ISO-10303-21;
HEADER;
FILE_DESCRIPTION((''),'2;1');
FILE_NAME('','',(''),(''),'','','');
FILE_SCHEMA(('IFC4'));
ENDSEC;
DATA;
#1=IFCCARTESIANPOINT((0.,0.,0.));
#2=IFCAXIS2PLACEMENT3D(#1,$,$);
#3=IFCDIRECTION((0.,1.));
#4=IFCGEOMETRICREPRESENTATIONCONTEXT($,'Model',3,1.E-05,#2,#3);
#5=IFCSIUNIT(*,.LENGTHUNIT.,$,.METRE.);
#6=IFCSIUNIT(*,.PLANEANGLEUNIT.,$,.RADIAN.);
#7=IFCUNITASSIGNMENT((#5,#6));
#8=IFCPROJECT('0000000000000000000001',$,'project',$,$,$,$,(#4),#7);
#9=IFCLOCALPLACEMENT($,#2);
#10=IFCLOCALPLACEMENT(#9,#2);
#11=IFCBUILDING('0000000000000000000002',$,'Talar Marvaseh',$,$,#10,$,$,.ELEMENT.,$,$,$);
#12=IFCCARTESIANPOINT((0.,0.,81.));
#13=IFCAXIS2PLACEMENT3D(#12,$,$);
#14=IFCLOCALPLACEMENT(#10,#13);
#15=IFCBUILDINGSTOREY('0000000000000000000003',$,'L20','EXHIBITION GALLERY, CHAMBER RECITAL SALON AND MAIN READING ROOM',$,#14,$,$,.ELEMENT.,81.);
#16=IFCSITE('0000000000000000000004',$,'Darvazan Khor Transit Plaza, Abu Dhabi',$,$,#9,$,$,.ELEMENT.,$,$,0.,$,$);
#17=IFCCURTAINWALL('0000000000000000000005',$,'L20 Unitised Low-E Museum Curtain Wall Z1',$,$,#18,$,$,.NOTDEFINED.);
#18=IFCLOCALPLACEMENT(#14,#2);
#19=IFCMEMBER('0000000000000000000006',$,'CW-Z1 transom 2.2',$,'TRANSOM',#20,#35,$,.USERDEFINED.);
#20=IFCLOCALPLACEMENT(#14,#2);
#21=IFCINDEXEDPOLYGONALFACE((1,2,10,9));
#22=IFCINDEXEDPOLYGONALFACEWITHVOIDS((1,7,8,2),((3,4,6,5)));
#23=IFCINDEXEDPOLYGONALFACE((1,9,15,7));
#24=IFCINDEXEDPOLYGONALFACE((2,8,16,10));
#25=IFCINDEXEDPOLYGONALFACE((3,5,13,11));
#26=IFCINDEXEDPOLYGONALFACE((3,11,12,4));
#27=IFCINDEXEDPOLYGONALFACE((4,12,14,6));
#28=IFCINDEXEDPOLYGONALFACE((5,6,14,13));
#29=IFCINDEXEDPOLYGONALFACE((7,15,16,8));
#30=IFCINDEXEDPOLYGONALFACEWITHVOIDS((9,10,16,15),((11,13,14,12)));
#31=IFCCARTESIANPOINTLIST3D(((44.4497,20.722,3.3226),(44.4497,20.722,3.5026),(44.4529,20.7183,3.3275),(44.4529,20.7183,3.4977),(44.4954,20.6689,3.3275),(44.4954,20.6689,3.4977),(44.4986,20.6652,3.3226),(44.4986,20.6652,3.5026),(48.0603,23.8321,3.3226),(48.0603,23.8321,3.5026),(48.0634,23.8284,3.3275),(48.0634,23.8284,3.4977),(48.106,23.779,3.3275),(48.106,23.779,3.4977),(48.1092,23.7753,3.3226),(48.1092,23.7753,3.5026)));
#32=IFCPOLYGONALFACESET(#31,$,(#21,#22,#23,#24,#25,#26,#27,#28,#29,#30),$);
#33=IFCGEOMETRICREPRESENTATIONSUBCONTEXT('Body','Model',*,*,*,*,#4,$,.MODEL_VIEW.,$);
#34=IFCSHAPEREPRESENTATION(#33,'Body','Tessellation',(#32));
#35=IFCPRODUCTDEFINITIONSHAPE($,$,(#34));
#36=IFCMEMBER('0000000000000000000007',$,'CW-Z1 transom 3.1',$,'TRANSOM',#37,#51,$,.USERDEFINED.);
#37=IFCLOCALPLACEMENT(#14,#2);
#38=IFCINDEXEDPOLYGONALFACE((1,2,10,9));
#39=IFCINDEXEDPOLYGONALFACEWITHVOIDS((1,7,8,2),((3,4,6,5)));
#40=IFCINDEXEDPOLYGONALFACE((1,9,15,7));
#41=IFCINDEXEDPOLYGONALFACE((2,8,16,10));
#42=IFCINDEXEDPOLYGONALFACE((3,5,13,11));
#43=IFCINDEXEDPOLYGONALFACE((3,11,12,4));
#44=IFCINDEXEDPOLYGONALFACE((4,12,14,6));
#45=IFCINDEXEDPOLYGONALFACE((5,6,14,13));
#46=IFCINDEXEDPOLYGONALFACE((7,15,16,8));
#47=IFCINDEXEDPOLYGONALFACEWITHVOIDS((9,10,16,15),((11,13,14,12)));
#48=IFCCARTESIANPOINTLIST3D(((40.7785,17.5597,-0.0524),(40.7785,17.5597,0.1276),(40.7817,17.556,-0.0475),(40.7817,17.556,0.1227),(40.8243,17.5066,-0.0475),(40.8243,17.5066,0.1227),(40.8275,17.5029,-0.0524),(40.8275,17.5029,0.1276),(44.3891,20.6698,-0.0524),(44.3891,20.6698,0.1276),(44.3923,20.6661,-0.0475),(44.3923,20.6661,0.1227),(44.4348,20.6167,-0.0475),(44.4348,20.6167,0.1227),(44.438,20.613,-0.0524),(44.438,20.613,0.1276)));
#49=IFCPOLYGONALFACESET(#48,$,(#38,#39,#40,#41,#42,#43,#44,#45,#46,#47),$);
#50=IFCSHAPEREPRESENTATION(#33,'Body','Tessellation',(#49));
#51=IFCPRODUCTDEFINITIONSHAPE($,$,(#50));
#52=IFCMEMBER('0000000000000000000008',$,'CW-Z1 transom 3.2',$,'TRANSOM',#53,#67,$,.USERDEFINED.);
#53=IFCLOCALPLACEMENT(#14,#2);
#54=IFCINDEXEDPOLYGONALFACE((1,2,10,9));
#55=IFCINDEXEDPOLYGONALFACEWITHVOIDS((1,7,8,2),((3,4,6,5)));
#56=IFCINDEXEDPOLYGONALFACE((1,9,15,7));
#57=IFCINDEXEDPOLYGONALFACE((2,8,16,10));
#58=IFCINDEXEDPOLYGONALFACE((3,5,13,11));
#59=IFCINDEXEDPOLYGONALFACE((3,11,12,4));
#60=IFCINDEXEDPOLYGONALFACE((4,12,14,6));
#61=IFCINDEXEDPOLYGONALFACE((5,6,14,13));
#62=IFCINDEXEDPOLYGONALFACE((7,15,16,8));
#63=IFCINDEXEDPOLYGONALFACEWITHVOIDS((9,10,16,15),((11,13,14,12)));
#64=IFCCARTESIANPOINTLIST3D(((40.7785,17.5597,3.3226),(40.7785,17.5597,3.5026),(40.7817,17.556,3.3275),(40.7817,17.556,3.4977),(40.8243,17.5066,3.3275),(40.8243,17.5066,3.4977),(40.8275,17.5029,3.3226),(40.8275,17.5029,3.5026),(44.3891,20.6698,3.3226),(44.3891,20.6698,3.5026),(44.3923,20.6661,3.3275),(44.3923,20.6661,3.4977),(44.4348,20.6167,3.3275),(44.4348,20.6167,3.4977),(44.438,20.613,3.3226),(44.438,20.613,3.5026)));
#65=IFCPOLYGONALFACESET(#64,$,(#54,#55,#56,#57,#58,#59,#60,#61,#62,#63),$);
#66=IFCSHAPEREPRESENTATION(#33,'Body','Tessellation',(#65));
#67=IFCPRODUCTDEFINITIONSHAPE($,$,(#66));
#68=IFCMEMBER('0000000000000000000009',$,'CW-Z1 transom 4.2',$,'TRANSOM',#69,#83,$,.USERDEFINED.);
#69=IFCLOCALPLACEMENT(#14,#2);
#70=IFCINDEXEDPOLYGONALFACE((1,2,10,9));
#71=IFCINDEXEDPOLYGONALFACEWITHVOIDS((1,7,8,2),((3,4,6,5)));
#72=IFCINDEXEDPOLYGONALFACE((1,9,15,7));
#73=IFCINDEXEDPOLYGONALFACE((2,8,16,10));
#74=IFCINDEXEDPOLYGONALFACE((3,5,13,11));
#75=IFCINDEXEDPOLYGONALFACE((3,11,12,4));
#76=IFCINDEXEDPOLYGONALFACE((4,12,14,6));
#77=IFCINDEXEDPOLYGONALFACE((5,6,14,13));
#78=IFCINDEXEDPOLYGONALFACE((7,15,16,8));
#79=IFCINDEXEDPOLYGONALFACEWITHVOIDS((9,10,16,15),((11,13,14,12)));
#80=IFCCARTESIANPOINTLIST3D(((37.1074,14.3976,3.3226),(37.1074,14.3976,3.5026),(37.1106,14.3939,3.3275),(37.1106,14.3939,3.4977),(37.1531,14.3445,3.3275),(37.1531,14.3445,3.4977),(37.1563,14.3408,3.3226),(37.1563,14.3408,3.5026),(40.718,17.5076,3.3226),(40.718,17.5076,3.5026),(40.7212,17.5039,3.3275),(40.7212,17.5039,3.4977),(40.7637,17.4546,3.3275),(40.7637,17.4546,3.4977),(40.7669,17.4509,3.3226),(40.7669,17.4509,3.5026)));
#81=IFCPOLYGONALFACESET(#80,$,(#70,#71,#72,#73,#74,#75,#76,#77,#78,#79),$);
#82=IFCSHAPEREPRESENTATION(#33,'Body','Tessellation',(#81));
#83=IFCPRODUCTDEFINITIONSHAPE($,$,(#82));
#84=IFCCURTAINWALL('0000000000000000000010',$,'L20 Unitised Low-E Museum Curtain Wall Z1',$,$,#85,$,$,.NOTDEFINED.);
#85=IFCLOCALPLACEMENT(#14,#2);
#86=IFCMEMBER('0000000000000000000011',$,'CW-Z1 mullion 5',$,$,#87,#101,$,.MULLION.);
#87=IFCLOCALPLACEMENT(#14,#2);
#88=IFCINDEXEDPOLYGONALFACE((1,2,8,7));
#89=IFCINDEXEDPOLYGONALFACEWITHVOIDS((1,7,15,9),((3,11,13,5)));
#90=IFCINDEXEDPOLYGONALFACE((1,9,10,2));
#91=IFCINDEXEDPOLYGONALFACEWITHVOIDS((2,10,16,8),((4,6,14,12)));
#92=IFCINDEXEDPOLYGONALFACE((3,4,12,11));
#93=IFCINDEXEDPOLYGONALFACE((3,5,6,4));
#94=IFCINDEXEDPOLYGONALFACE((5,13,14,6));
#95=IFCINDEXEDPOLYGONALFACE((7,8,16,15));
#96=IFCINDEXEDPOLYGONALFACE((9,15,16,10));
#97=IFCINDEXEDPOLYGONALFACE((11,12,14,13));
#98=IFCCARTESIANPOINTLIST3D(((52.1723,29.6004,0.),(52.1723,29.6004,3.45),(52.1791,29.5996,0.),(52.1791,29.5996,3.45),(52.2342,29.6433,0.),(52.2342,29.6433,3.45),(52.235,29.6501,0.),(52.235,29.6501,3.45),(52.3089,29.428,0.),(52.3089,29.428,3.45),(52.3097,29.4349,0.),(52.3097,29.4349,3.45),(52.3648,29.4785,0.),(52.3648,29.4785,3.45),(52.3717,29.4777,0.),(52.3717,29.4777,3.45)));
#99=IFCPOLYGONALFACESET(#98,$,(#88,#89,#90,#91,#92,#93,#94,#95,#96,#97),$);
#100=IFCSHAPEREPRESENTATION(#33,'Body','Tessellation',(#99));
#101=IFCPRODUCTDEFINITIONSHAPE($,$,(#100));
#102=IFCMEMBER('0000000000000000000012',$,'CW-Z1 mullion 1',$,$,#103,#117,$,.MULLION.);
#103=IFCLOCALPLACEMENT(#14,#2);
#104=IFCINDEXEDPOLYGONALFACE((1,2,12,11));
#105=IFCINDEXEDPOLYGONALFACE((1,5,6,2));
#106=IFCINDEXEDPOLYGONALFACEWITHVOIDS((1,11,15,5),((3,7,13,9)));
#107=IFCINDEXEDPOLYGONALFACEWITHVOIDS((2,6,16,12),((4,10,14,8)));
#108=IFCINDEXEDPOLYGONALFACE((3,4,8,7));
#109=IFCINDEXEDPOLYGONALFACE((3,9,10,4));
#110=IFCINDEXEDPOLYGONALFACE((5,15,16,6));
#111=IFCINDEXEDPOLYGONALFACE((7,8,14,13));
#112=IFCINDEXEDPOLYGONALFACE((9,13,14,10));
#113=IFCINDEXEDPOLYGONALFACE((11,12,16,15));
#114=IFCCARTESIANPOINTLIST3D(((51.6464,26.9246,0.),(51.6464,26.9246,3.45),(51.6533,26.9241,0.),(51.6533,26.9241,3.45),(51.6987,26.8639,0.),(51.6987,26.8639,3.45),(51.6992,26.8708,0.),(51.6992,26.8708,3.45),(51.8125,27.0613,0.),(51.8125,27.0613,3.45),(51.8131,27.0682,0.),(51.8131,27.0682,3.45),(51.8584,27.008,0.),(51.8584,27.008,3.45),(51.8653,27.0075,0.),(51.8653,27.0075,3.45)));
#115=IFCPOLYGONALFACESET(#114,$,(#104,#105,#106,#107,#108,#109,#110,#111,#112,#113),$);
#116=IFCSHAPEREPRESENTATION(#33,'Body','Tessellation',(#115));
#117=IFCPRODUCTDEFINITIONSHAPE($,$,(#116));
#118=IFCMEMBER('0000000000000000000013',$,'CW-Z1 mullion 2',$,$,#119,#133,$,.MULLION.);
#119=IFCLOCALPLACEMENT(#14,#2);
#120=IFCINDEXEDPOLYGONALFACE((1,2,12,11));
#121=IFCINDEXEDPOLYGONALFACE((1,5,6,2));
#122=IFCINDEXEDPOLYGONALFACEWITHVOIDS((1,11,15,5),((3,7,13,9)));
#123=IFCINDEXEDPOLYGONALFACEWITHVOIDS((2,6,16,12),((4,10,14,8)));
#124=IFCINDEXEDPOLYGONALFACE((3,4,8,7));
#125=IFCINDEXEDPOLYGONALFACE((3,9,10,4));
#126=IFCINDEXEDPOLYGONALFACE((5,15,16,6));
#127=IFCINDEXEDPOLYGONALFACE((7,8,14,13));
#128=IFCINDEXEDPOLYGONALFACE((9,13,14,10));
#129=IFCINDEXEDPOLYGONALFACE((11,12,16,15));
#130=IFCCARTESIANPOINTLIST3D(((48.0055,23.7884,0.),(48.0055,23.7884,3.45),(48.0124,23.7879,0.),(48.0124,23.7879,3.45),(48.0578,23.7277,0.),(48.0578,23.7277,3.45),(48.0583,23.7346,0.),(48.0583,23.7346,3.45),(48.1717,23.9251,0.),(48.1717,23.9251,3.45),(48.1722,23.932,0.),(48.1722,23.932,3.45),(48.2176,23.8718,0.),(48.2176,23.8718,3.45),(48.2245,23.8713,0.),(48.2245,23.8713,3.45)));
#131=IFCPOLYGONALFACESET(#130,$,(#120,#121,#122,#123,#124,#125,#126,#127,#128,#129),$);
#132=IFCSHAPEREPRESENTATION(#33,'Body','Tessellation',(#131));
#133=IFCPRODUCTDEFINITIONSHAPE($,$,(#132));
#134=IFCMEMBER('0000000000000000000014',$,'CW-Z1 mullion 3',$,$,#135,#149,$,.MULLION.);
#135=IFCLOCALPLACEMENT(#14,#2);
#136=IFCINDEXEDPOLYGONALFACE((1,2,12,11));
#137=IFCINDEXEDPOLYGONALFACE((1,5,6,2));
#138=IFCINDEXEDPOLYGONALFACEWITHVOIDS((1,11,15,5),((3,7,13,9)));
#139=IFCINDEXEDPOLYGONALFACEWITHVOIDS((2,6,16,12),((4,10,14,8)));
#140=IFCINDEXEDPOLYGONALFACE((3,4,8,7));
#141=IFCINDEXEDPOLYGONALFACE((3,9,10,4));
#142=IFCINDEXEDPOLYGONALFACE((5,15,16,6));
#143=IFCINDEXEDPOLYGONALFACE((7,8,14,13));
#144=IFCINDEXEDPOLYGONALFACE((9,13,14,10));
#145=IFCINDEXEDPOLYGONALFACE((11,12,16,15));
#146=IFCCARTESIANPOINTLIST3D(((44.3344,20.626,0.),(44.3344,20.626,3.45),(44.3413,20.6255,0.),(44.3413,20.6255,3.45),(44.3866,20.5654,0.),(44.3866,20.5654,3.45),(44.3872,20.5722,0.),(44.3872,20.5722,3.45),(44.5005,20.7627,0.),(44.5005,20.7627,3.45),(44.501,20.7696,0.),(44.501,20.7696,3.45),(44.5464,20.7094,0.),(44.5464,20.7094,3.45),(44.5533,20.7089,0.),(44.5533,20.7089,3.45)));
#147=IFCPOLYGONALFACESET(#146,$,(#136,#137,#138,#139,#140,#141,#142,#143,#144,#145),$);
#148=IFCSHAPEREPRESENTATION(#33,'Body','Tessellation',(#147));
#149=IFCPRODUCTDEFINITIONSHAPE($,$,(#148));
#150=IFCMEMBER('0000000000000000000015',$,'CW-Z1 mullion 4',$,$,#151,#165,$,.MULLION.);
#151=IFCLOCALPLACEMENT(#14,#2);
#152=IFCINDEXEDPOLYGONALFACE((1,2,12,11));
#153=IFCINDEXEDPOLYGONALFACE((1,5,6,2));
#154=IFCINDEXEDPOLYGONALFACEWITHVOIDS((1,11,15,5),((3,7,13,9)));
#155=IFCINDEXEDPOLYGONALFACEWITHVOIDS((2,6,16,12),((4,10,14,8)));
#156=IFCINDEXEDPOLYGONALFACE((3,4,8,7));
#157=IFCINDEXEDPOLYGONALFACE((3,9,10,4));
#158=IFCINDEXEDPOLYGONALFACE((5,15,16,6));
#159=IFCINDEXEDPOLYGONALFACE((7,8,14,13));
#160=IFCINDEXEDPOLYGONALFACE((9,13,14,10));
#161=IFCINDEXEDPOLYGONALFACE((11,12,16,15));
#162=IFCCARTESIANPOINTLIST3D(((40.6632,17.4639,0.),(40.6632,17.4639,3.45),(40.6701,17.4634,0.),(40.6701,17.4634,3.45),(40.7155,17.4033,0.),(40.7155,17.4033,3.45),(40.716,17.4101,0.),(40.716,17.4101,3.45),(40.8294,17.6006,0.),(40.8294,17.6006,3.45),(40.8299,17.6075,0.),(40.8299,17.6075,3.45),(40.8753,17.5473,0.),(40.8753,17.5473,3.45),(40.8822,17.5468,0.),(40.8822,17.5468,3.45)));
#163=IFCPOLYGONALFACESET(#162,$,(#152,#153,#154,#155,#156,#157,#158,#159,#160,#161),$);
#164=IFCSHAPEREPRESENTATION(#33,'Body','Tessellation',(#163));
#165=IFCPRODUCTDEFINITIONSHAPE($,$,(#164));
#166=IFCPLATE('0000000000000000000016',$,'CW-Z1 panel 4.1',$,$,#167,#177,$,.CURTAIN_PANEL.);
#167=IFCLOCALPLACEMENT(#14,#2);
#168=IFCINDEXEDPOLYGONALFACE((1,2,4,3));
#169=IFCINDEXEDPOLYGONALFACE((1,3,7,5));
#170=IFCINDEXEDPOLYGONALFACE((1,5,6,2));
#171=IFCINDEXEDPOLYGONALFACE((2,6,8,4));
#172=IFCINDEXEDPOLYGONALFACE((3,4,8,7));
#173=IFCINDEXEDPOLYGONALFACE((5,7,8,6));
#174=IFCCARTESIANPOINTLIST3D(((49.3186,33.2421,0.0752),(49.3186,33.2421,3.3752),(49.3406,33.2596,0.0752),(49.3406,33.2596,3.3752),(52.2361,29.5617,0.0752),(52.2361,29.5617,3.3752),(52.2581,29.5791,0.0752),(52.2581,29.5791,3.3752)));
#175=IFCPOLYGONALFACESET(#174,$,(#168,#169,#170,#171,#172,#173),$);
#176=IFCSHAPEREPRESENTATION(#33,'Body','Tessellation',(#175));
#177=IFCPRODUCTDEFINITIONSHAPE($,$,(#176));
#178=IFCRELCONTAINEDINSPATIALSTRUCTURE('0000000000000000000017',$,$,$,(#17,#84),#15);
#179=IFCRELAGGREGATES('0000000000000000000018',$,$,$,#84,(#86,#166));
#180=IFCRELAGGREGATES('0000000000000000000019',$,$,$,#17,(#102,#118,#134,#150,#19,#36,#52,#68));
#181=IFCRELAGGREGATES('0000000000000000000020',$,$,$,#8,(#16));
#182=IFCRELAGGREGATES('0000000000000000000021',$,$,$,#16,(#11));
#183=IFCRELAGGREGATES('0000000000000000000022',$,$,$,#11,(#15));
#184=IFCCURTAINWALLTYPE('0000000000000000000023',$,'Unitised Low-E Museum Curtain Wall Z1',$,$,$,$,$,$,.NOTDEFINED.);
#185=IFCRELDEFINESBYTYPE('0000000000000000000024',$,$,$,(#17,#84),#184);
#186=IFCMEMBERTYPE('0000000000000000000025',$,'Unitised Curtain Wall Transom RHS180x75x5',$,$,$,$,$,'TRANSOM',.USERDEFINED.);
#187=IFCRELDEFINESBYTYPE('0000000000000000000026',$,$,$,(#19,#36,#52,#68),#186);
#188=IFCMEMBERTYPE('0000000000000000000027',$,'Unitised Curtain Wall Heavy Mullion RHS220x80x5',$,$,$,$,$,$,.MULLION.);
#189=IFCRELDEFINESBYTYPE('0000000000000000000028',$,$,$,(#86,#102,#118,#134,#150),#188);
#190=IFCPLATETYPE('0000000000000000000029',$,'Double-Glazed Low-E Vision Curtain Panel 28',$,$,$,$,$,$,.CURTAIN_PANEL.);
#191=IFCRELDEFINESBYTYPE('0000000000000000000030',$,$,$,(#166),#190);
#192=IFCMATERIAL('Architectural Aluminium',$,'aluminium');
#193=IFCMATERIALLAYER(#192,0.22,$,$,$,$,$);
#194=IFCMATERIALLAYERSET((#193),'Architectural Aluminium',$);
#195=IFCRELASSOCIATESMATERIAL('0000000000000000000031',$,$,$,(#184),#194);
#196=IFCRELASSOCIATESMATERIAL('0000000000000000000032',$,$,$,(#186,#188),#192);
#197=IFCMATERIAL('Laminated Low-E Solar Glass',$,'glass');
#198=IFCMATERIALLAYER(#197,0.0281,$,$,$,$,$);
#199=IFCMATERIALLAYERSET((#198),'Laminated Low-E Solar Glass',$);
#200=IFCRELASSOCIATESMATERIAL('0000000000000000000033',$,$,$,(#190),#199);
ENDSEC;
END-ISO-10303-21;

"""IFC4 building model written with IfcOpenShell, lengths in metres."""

from ifc_helpers import new_model, si_unit, direction, frame, origin, origin_2d, place, context, subcontext, project, spatial, rectangle, hollow_rectangle, extrude, source, transform, mapped, material, layer, layer_set, material_profile, profile_set, type_object, type_shapes, element, aggregate, save


model = new_model("IFC4")

# Units and contexts
model_context = context("Model", 3, precision=1e-05, world=origin(), true_north=direction((0.0, 1.0)))
body_context = subcontext(model_context, "Body", "Model", "MODEL_VIEW")
ifc_project = project(units=[si_unit("LENGTHUNIT", "METRE"), si_unit("PLANEANGLEUNIT", "RADIAN")], contexts=[model_context])

# Site, building, storey
site_placement = place(None, origin())
site = spatial("IfcSite", under=ifc_project, at=site_placement, Name="Darvazan Khor Transit Plaza, Abu Dhabi", CompositionType="ELEMENT", RefElevation=0.0)
building_placement = place(site_placement, origin())
building = spatial("IfcBuilding", under=site, at=building_placement, Name="Talar Marvaseh", CompositionType="ELEMENT")
storey_placement = place(building_placement, frame((0.0, 0.0, 81.0)))
storey = spatial("IfcBuildingStorey", under=building, at=storey_placement, Name="L20", Description="EXHIBITION GALLERY, CHAMBER RECITAL SALON AND MAIN READING ROOM", CompositionType="ELEMENT", Elevation=81.0)

# Curtain wall, members
ifc_material_1 = material(Name="Architectural Aluminium", Category="aluminium")
ifc_layer_1 = layer(ifc_material_1, 0.22)
ifc_layer_set_1 = layer_set([ifc_layer_1], Name="Architectural Aluminium")
curtain_wall_type = type_object("IfcCurtainWallType", Name="Unitised Low-E Museum Curtain Wall Z1", PredefinedType="NOTDEFINED", material=ifc_layer_set_1)
curtain_wall_1_placement = place(storey_placement, origin())
curtain_wall_1 = element("IfcCurtainWall", 1, at=curtain_wall_1_placement, inside=storey, type_object=curtain_wall_type, Name="L20 Unitised Low-E Museum Curtain Wall Z1", PredefinedType="NOTDEFINED")
ifc_material_profile_1 = material_profile(ifc_material_1, hollow_rectangle(XDim=0.075, YDim=0.1799, WallThickness=0.0049, at=origin_2d()), Name="RHS180x75x5")
ifc_profile_set_1 = profile_set([ifc_material_profile_1], Name="Architectural Aluminium")
member_type_1 = type_object("IfcMemberType", Name="Unitised Curtain Wall Transom RHS180x75x5", ElementType="TRANSOM", PredefinedType="USERDEFINED", material=ifc_profile_set_1)
shared_shape_1 = source(origin(), body_context, "Body", "SweptSolid", [
    extrude(hollow_rectangle(XDim=0.075, YDim=0.1799, WallThickness=0.0049, at=origin_2d()), origin(), (0.0, 0.0, 1.0), 4.7654),
])
member_1_placement = place(storey_placement, frame((48.0847, 23.8037, 3.4126), z_axis=(-0.757667, -0.652642, 0.0), x_axis=(0.652642, -0.757667, 0.0)))
member_1 = element("IfcMember", 2, at=member_1_placement, type_object=member_type_1, Name="CW-Z1 transom 2.2", ObjectType="TRANSOM", PredefinedType="USERDEFINED", context=body_context, shape_type="MappedRepresentation", body=[
    mapped(shared_shape_1, transform((0.0, 0.0, 0.0), x_axis=(1.0, 0.0, 0.0), y_axis=(0.0, 1.0, 0.0), z_axis=(0.0, 0.0, 1.0), scale=1.0)),
])
member_2_placement = place(storey_placement, frame((44.4136, 20.6414, 0.0376), z_axis=(-0.757667, -0.652642, 0.0), x_axis=(0.652642, -0.757667, 0.0)))
member_2 = element("IfcMember", 3, at=member_2_placement, type_object=member_type_1, Name="CW-Z1 transom 3.1", ObjectType="TRANSOM", PredefinedType="USERDEFINED", context=body_context, shape_type="MappedRepresentation", body=[
    mapped(shared_shape_1, transform((0.0, 0.0, 0.0), x_axis=(1.0, 0.0, 0.0), y_axis=(0.0, 1.0, 0.0), z_axis=(0.0, 0.0, 1.0), scale=1.0)),
])
member_3_placement = place(storey_placement, frame((44.4136, 20.6414, 3.4126), z_axis=(-0.757667, -0.652642, 0.0), x_axis=(0.652642, -0.757667, 0.0)))
member_3 = element("IfcMember", 4, at=member_3_placement, type_object=member_type_1, Name="CW-Z1 transom 3.2", ObjectType="TRANSOM", PredefinedType="USERDEFINED", context=body_context, shape_type="MappedRepresentation", body=[
    mapped(shared_shape_1, transform((0.0, 0.0, 0.0), x_axis=(1.0, 0.0, 0.0), y_axis=(0.0, 1.0, 0.0), z_axis=(0.0, 0.0, 1.0), scale=1.0)),
])
member_4_placement = place(storey_placement, frame((40.7424, 17.4792, 3.4126), z_axis=(-0.757667, -0.652642, 0.0), x_axis=(0.652642, -0.757667, 0.0)))
member_4 = element("IfcMember", 5, at=member_4_placement, type_object=member_type_1, Name="CW-Z1 transom 4.2", ObjectType="TRANSOM", PredefinedType="USERDEFINED", context=body_context, shape_type="MappedRepresentation", body=[
    mapped(shared_shape_1, transform((0.0, 0.0, 0.0), x_axis=(1.0, 0.0, 0.0), y_axis=(0.0, 1.0, 0.0), z_axis=(0.0, 0.0, 1.0), scale=1.0)),
])

# Curtain wall, member
curtain_wall_2_placement = place(storey_placement, origin())
curtain_wall_2 = element("IfcCurtainWall", 6, at=curtain_wall_2_placement, inside=storey, type_object=curtain_wall_type, Name="L20 Unitised Low-E Museum Curtain Wall Z1", PredefinedType="NOTDEFINED")
ifc_material_profile_2 = material_profile(ifc_material_1, hollow_rectangle(XDim=0.0801, YDim=0.22, WallThickness=0.0049, at=origin_2d()), Name="RHS220x80x5")
ifc_profile_set_2 = profile_set([ifc_material_profile_2], Name="Architectural Aluminium")
member_type_2 = type_object("IfcMemberType", Name="Unitised Curtain Wall Heavy Mullion RHS220x80x5", PredefinedType="MULLION", material=ifc_profile_set_2)
shared_shape_2 = source(origin(), body_context, "Body", "SweptSolid", [
    extrude(hollow_rectangle(XDim=0.0801, YDim=0.22, WallThickness=0.0049, at=origin_2d()), origin(), (0.0, 0.0, 1.0), 3.45),
])
type_shapes(member_type_2, [shared_shape_2])
member_5_placement = place(storey_placement, frame((52.272, 29.5391, 0.0), z_axis=(0.0, 0.0, 1.0), x_axis=(0.783651, 0.621202, 0.0)))
member_5 = element("IfcMember", 7, at=member_5_placement, type_object=member_type_2, Name="CW-Z1 mullion 5", PredefinedType="MULLION", context=body_context, shape_type="MappedRepresentation", body=[
    mapped(shared_shape_2, transform((0.0, 0.0, 0.0), x_axis=(1.0, 0.0, 0.0), y_axis=(0.0, 1.0, 0.0), z_axis=(0.0, 0.0, 1.0), scale=1.0)),
])

# Members
member_6_placement = place(storey_placement, frame((51.7559, 26.9661, 0.0), z_axis=(0.0, 0.0, 1.0), x_axis=(0.652644, -0.757665, 0.0)))
member_6 = element("IfcMember", 8, at=member_6_placement, type_object=member_type_2, Name="CW-Z1 mullion 1", PredefinedType="MULLION", context=body_context, shape_type="MappedRepresentation", body=[
    mapped(shared_shape_2, transform((0.0, 0.0, 0.0), x_axis=(1.0, 0.0, 0.0), y_axis=(0.0, 1.0, 0.0), z_axis=(0.0, 0.0, 1.0), scale=1.0)),
])
member_7_placement = place(storey_placement, frame((48.115, 23.8298, 0.0), z_axis=(0.0, 0.0, 1.0), x_axis=(0.652644, -0.757665, 0.0)))
member_7 = element("IfcMember", 9, at=member_7_placement, type_object=member_type_2, Name="CW-Z1 mullion 2", PredefinedType="MULLION", context=body_context, shape_type="MappedRepresentation", body=[
    mapped(shared_shape_2, transform((0.0, 0.0, 0.0), x_axis=(1.0, 0.0, 0.0), y_axis=(0.0, 1.0, 0.0), z_axis=(0.0, 0.0, 1.0), scale=1.0)),
])
member_8_placement = place(storey_placement, frame((44.4438, 20.6675, 0.0), z_axis=(0.0, 0.0, 1.0), x_axis=(0.652644, -0.757665, 0.0)))
member_8 = element("IfcMember", 10, at=member_8_placement, type_object=member_type_2, Name="CW-Z1 mullion 3", PredefinedType="MULLION", context=body_context, shape_type="MappedRepresentation", body=[
    mapped(shared_shape_2, transform((0.0, 0.0, 0.0), x_axis=(1.0, 0.0, 0.0), y_axis=(0.0, 1.0, 0.0), z_axis=(0.0, 0.0, 1.0), scale=1.0)),
])
member_9_placement = place(storey_placement, frame((40.7727, 17.5054, 0.0), z_axis=(0.0, 0.0, 1.0), x_axis=(0.652644, -0.757665, 0.0)))
member_9 = element("IfcMember", 11, at=member_9_placement, type_object=member_type_2, Name="CW-Z1 mullion 4", PredefinedType="MULLION", context=body_context, shape_type="MappedRepresentation", body=[
    mapped(shared_shape_2, transform((0.0, 0.0, 0.0), x_axis=(1.0, 0.0, 0.0), y_axis=(0.0, 1.0, 0.0), z_axis=(0.0, 0.0, 1.0), scale=1.0)),
])

# Plate
ifc_material_2 = material(Name="Laminated Low-E Solar Glass", Category="glass")
ifc_layer_2 = layer(ifc_material_2, 0.0281)
ifc_layer_set_2 = layer_set([ifc_layer_2], Name="Laminated Low-E Solar Glass")
plate_type = type_object("IfcPlateType", Name="Double-Glazed Low-E Vision Curtain Panel 28", PredefinedType="CURTAIN_PANEL", material=ifc_layer_set_2)
shared_shape_3 = source(origin(), body_context, "Body", "SweptSolid", [
    extrude(rectangle(XDim=4.6965, YDim=0.0281, at=origin_2d()), origin(), (0.0, 0.0, 1.0), 3.3),
])
plate_1_placement = place(storey_placement, frame((50.7883, 31.4106, 0.0752), z_axis=(0.0, 0.0, 1.0), x_axis=(0.621202, -0.783651, 0.0)))
plate_1 = element("IfcPlate", 12, at=plate_1_placement, type_object=plate_type, Name="CW-Z1 panel 4.1", PredefinedType="CURTAIN_PANEL", context=body_context, shape_type="MappedRepresentation", body=[
    mapped(shared_shape_3, transform((0.0, 0.0, 0.0), x_axis=(1.0, 0.0, 0.0), y_axis=(0.0, 1.0, 0.0), z_axis=(0.0, 0.0, 1.0), scale=1.0)),
])
aggregate(curtain_wall_2, [member_5, plate_1])
aggregate(curtain_wall_1, [member_6, member_7, member_8, member_9, member_1, member_2, member_3, member_4])

save(model, "model.ifc")
